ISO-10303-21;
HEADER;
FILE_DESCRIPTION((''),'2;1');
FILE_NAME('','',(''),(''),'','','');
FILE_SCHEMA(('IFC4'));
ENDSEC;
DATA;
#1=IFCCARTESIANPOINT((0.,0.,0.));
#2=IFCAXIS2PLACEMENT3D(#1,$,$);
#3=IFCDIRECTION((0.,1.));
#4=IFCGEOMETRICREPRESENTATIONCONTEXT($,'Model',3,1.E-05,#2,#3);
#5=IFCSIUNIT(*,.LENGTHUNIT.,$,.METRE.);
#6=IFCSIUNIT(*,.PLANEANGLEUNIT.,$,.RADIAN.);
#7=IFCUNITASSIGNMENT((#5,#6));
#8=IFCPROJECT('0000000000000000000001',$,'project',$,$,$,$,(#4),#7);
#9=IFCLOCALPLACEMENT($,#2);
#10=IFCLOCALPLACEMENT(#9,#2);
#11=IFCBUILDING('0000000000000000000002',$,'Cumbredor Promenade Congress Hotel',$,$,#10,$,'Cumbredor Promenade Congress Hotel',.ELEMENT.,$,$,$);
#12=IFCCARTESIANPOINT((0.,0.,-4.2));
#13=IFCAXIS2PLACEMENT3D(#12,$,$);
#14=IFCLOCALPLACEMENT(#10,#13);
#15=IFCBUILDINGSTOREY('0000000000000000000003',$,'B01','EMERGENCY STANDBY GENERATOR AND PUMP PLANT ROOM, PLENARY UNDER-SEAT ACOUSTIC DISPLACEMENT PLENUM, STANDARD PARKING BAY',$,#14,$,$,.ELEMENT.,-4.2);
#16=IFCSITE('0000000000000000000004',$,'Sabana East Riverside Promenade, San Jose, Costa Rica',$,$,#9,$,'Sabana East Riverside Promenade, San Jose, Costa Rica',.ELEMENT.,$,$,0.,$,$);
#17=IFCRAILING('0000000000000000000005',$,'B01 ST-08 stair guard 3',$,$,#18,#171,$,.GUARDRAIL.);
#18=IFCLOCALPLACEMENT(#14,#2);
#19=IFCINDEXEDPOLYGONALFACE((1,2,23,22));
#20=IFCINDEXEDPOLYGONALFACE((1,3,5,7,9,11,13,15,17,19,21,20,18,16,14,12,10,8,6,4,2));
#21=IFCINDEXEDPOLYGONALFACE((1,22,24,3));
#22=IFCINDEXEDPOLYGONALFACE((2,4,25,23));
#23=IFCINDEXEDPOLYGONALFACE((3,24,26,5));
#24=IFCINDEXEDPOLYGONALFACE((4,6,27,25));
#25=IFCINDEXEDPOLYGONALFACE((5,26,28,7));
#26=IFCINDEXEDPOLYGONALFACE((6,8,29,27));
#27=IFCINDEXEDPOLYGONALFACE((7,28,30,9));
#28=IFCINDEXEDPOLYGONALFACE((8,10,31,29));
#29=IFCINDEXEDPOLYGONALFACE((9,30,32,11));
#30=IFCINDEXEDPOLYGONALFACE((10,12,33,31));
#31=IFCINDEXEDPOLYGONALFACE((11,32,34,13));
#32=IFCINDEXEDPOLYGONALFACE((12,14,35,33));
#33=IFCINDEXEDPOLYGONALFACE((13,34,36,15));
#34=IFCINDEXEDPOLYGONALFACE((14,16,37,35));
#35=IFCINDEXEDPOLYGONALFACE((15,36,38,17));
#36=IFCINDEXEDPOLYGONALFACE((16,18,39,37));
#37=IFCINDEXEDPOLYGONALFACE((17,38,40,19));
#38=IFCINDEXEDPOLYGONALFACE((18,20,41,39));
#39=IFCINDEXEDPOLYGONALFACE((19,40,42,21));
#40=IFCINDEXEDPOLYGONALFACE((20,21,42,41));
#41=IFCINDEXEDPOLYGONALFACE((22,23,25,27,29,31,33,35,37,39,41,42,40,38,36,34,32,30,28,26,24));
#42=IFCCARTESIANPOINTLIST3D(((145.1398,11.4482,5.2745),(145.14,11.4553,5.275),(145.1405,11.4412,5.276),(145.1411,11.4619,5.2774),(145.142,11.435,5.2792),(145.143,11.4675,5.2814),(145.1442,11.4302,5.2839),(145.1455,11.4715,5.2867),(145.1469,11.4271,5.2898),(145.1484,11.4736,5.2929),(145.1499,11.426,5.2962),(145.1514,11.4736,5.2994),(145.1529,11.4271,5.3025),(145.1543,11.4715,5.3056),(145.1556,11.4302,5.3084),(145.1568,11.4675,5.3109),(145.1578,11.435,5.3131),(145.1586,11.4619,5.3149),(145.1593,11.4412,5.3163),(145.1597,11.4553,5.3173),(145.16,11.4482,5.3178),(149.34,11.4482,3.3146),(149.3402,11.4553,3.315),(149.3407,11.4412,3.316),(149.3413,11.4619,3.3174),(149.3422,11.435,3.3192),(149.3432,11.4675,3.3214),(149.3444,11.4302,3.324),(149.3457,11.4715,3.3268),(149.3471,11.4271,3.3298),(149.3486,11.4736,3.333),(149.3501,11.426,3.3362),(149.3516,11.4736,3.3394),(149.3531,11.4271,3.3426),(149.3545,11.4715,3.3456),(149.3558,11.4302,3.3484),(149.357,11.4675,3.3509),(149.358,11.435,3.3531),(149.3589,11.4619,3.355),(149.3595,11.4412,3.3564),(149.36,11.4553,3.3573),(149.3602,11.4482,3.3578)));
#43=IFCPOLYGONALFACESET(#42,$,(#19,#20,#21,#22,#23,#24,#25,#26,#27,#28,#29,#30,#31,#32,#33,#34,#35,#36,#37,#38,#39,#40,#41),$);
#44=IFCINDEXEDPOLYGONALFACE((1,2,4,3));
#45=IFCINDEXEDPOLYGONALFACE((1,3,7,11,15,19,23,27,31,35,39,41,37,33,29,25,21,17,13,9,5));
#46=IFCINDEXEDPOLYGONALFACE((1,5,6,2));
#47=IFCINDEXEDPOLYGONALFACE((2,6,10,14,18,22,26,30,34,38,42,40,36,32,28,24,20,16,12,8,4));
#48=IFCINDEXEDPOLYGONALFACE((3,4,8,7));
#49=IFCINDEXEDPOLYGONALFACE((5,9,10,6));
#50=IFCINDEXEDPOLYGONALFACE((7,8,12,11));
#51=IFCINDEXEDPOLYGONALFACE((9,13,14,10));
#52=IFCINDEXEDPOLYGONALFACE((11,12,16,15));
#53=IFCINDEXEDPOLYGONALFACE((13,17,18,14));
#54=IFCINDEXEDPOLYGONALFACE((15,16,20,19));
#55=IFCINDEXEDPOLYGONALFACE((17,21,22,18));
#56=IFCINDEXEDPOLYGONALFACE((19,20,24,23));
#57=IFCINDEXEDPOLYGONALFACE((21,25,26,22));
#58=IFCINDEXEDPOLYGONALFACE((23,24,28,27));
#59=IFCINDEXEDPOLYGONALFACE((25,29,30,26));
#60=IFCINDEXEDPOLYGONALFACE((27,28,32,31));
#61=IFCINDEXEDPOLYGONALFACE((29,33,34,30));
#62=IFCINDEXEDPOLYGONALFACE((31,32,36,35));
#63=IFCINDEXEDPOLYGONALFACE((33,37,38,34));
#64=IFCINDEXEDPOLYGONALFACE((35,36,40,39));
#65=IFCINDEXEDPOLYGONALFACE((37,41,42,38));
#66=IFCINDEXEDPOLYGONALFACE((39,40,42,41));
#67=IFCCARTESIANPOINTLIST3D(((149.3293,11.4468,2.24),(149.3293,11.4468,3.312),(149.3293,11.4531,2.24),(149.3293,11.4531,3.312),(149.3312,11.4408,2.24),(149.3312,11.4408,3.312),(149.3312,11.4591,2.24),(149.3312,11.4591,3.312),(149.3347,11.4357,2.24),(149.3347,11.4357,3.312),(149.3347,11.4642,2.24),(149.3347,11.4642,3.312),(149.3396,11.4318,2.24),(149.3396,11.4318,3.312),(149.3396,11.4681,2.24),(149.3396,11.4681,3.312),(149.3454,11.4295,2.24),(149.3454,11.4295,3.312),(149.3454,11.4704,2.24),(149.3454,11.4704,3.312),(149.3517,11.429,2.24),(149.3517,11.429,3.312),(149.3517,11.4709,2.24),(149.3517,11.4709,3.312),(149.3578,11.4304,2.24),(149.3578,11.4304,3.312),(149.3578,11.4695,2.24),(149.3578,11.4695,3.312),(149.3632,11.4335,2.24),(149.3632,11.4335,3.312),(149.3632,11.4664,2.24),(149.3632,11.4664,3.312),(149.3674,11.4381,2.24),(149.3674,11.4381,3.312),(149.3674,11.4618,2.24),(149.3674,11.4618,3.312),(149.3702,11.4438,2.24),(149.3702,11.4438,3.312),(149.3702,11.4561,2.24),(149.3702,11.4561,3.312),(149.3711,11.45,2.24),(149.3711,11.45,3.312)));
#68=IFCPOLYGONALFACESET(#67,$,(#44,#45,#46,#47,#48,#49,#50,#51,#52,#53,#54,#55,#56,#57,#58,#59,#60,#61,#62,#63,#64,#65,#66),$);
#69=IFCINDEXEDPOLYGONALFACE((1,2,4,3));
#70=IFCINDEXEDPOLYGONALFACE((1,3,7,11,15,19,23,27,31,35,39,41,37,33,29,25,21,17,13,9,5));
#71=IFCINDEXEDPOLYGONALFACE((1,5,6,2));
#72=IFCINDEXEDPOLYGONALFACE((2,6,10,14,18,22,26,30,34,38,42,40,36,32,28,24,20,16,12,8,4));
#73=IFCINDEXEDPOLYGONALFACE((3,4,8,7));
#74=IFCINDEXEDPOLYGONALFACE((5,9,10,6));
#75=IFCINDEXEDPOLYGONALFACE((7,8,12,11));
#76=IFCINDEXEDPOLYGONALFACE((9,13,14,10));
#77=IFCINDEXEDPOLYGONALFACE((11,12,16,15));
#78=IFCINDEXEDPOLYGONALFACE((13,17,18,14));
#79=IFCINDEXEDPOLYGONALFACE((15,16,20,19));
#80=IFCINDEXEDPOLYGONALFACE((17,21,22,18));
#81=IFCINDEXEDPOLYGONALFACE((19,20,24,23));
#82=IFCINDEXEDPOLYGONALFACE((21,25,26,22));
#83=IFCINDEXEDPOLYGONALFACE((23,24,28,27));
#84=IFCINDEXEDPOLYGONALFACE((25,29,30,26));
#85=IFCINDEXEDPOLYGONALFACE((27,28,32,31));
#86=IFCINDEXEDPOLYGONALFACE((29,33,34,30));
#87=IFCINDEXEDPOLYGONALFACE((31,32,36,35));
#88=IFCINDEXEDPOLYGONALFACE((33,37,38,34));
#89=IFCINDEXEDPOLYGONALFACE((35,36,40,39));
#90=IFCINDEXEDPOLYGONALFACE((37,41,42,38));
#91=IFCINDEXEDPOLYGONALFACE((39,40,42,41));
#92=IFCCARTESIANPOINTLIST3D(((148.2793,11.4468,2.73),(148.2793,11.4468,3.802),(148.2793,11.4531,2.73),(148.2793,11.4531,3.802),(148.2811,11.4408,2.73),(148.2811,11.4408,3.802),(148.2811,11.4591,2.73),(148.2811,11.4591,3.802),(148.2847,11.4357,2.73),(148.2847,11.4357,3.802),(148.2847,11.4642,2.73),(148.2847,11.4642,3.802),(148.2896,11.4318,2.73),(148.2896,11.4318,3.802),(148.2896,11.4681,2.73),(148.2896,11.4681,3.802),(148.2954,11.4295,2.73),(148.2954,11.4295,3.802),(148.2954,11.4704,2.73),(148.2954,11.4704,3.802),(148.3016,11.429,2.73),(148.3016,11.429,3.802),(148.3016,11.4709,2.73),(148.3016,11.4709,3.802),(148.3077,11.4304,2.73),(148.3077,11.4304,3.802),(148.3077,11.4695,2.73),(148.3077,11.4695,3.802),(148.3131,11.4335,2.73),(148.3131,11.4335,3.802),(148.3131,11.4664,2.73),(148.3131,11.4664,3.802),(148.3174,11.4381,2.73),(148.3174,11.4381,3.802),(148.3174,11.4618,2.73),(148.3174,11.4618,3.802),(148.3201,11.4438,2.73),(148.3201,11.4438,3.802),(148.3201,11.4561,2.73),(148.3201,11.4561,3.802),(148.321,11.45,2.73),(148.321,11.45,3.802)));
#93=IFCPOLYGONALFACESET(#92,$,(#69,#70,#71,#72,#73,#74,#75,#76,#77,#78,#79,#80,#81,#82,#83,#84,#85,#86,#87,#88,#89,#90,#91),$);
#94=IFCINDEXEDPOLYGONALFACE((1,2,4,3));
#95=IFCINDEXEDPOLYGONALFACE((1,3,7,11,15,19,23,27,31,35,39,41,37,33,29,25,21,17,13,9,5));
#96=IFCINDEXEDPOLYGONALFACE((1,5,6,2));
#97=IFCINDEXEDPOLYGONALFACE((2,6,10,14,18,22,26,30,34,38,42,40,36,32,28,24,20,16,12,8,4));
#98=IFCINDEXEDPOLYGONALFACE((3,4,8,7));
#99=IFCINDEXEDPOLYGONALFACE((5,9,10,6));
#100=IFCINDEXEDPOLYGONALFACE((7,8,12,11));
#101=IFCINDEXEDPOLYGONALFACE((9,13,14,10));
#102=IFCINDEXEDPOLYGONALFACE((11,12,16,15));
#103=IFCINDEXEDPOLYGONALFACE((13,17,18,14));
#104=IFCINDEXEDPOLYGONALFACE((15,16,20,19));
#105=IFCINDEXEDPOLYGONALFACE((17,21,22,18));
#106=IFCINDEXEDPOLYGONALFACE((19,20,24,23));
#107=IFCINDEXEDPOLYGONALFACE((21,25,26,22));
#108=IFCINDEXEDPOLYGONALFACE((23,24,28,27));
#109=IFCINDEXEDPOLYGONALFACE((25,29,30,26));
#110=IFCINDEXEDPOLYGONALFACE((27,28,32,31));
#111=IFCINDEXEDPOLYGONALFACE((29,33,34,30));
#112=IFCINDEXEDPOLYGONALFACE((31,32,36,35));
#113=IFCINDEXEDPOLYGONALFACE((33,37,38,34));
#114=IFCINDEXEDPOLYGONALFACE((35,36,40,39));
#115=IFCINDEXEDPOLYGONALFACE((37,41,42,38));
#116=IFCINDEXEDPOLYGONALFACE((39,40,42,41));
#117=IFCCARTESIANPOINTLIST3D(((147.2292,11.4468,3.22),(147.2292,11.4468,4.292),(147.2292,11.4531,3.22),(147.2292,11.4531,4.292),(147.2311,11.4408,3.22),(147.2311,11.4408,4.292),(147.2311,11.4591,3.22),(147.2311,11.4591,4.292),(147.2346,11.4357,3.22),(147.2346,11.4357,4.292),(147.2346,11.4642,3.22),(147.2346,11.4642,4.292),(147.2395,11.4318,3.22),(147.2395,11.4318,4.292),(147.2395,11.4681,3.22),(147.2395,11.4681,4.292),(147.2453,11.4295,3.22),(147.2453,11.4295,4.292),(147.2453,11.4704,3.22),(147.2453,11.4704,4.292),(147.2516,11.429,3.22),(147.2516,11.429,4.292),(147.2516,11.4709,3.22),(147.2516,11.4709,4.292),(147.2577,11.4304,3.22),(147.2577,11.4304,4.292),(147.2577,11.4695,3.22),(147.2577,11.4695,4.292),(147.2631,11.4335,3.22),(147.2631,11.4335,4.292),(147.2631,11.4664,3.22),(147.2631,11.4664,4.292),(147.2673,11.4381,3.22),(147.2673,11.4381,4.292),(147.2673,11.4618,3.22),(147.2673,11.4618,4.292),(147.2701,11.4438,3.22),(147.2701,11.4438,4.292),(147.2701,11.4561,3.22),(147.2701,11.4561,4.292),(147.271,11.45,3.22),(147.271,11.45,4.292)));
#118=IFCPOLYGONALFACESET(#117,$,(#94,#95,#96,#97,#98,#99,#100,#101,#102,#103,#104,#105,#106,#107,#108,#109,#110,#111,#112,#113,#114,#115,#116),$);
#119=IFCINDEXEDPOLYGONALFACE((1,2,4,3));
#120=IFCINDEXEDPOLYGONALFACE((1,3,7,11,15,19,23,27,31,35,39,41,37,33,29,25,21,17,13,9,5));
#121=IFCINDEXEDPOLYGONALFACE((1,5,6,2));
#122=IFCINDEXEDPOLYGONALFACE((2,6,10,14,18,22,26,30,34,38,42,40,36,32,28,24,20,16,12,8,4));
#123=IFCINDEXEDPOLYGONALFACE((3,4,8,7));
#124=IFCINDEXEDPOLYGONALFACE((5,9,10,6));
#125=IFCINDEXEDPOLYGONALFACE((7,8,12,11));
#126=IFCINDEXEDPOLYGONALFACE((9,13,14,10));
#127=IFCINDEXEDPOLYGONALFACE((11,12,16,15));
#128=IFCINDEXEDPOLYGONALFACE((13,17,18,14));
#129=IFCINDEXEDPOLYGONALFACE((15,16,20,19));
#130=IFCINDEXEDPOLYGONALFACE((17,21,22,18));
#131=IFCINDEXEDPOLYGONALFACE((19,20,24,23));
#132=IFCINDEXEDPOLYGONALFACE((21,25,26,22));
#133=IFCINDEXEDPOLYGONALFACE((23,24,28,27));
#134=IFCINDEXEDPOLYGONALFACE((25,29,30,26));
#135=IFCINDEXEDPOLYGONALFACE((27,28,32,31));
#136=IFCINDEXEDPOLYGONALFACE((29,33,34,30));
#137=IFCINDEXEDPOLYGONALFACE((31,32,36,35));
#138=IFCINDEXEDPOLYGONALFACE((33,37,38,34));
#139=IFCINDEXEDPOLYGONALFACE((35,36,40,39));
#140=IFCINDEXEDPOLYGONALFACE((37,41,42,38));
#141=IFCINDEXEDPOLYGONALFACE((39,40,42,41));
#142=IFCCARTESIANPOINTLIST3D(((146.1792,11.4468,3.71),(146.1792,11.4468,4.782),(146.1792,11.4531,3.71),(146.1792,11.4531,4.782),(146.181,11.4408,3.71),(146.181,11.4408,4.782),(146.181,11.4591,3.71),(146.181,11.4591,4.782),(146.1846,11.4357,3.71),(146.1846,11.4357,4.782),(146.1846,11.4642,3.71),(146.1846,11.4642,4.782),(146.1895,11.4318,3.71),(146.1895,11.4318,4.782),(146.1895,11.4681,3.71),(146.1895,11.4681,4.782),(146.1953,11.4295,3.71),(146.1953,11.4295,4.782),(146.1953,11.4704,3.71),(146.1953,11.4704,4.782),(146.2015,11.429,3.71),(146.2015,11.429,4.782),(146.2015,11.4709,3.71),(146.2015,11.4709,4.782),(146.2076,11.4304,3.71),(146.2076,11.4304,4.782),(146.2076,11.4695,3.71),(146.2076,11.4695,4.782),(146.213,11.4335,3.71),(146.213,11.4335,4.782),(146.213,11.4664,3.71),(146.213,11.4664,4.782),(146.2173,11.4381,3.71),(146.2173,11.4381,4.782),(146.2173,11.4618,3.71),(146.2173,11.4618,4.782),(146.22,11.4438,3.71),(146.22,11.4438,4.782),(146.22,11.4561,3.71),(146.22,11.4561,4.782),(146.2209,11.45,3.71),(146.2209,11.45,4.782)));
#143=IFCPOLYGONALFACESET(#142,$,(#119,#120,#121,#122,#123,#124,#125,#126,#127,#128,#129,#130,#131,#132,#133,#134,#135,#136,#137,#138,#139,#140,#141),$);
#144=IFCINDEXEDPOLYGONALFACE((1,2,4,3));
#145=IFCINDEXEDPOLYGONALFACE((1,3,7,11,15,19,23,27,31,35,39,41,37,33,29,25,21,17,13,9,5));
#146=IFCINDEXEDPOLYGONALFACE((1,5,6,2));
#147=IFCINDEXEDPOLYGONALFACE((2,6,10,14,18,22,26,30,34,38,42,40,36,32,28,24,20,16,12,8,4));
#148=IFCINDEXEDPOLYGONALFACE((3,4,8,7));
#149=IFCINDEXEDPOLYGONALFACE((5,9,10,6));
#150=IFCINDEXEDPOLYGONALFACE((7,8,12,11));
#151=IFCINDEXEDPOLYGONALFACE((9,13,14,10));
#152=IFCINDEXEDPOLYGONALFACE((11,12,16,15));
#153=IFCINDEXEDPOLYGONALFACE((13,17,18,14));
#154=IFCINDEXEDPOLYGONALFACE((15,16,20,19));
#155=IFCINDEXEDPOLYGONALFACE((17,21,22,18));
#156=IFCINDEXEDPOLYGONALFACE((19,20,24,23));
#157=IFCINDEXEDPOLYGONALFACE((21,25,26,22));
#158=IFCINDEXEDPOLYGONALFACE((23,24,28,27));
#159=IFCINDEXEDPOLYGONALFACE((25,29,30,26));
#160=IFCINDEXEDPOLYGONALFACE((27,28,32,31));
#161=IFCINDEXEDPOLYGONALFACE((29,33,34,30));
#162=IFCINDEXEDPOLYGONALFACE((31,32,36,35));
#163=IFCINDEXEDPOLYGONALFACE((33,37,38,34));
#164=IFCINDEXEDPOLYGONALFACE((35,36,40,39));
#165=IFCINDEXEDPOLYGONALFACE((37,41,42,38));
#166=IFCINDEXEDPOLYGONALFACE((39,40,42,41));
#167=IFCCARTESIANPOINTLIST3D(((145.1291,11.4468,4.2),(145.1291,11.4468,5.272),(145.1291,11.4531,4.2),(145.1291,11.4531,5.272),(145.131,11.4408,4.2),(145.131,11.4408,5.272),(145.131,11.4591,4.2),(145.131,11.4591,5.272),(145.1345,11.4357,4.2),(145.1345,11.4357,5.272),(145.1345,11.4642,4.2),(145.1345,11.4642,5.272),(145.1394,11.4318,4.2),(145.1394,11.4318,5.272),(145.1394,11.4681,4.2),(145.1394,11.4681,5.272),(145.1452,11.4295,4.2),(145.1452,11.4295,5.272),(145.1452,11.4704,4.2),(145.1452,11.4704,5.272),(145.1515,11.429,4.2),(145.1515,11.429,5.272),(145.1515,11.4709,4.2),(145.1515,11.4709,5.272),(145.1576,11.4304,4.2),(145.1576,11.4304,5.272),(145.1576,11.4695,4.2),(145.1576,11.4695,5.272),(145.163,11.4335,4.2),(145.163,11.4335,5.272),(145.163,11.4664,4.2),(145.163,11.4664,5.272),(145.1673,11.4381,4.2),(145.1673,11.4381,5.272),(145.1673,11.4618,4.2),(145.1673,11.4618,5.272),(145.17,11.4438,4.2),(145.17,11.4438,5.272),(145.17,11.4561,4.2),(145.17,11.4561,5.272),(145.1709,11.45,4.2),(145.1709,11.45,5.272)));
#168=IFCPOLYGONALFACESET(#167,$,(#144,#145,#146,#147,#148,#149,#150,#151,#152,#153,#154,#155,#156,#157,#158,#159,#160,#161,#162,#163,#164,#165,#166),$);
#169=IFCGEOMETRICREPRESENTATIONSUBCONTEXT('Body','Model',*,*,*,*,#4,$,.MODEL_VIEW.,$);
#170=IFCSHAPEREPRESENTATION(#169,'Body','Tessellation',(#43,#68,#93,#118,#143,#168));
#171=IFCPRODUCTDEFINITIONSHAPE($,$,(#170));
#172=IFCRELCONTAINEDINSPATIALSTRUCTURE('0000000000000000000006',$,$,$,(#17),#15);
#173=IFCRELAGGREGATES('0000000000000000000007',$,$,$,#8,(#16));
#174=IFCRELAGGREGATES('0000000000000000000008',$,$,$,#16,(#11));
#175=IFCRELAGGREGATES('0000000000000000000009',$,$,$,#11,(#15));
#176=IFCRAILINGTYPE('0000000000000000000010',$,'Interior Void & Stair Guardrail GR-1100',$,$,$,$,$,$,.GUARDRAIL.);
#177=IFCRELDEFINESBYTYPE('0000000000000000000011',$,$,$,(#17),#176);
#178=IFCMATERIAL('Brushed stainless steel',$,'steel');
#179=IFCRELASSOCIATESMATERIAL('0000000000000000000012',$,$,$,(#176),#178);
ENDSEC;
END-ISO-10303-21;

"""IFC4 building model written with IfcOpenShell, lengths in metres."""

from ifc_helpers import new_model, si_unit, direction, frame, origin, origin_2d, place, context, subcontext, project, spatial, circle, extrude, material, type_object, element, save


model = new_model("IFC4")

# Units and contexts
model_context = context("Model", 3, precision=1e-05, world=origin(), true_north=direction((0.0, 1.0)))
body_context = subcontext(model_context, "Body", "Model", "MODEL_VIEW")
ifc_project = project(units=[si_unit("LENGTHUNIT", "METRE"), si_unit("PLANEANGLEUNIT", "RADIAN")], contexts=[model_context])

# Site, building, storey
site_placement = place(None, origin())
site = spatial("IfcSite", under=ifc_project, at=site_placement, Name="Sabana East Riverside Promenade, San Jose, Costa Rica", LongName="Sabana East Riverside Promenade, San Jose, Costa Rica", CompositionType="ELEMENT", RefElevation=0.0)
building_placement = place(site_placement, origin())
building = spatial("IfcBuilding", under=site, at=building_placement, Name="Cumbredor Promenade Congress Hotel", LongName="Cumbredor Promenade Congress Hotel", CompositionType="ELEMENT")
storey_placement = place(building_placement, frame((0.0, 0.0, -4.2)))
storey = spatial("IfcBuildingStorey", under=building, at=storey_placement, Name="B01", Description="EMERGENCY STANDBY GENERATOR AND PUMP PLANT ROOM, PLENARY UNDER-SEAT ACOUSTIC DISPLACEMENT PLENUM, STANDARD PARKING BAY", CompositionType="ELEMENT", Elevation=-4.2)

# Shared definitions
ifc_material_1 = material(Name="Brushed stainless steel", Category="steel")

# Railing
railing_type_1 = type_object("IfcRailingType", Name="Interior Void & Stair Guardrail GR-1100", PredefinedType="GUARDRAIL", material=ifc_material_1)
railing_1_placement = place(storey_placement, frame((149.3501, 11.45, 2.24)))
element("IfcRailing", 1, at=railing_1_placement, inside=storey, type_object=railing_type_1, Name="B01 ST-08 stair guard 3", PredefinedType="GUARDRAIL", context=body_context, shape_type="SweptSolid", body=[
    extrude(circle(Radius=0.0239, at=origin_2d()), frame((0.0, 0.0, 1.0962), z_axis=(-0.906194, 0.0, 0.422862), x_axis=(0.0, -1.0, 0.0)), (0.0, 0.0, 1.0), 4.635),
    extrude(circle(Radius=0.021, at=origin_2d()), origin(), (0.0, 0.0, 1.0), 1.072),
    extrude(circle(Radius=0.021, at=origin_2d()), frame((-1.05, 0.0, 0.49)), (0.0, 0.0, 1.0), 1.072),
    extrude(circle(Radius=0.021, at=origin_2d()), frame((-2.1001, 0.0, 0.98)), (0.0, 0.0, 1.0), 1.072),
    extrude(circle(Radius=0.021, at=origin_2d()), frame((-3.1501, 0.0, 1.47)), (0.0, 0.0, 1.0), 1.072),
    extrude(circle(Radius=0.021, at=origin_2d()), frame((-4.2002, 0.0, 1.96)), (0.0, 0.0, 1.0), 1.072),
])

save(model, "model.ifc")
